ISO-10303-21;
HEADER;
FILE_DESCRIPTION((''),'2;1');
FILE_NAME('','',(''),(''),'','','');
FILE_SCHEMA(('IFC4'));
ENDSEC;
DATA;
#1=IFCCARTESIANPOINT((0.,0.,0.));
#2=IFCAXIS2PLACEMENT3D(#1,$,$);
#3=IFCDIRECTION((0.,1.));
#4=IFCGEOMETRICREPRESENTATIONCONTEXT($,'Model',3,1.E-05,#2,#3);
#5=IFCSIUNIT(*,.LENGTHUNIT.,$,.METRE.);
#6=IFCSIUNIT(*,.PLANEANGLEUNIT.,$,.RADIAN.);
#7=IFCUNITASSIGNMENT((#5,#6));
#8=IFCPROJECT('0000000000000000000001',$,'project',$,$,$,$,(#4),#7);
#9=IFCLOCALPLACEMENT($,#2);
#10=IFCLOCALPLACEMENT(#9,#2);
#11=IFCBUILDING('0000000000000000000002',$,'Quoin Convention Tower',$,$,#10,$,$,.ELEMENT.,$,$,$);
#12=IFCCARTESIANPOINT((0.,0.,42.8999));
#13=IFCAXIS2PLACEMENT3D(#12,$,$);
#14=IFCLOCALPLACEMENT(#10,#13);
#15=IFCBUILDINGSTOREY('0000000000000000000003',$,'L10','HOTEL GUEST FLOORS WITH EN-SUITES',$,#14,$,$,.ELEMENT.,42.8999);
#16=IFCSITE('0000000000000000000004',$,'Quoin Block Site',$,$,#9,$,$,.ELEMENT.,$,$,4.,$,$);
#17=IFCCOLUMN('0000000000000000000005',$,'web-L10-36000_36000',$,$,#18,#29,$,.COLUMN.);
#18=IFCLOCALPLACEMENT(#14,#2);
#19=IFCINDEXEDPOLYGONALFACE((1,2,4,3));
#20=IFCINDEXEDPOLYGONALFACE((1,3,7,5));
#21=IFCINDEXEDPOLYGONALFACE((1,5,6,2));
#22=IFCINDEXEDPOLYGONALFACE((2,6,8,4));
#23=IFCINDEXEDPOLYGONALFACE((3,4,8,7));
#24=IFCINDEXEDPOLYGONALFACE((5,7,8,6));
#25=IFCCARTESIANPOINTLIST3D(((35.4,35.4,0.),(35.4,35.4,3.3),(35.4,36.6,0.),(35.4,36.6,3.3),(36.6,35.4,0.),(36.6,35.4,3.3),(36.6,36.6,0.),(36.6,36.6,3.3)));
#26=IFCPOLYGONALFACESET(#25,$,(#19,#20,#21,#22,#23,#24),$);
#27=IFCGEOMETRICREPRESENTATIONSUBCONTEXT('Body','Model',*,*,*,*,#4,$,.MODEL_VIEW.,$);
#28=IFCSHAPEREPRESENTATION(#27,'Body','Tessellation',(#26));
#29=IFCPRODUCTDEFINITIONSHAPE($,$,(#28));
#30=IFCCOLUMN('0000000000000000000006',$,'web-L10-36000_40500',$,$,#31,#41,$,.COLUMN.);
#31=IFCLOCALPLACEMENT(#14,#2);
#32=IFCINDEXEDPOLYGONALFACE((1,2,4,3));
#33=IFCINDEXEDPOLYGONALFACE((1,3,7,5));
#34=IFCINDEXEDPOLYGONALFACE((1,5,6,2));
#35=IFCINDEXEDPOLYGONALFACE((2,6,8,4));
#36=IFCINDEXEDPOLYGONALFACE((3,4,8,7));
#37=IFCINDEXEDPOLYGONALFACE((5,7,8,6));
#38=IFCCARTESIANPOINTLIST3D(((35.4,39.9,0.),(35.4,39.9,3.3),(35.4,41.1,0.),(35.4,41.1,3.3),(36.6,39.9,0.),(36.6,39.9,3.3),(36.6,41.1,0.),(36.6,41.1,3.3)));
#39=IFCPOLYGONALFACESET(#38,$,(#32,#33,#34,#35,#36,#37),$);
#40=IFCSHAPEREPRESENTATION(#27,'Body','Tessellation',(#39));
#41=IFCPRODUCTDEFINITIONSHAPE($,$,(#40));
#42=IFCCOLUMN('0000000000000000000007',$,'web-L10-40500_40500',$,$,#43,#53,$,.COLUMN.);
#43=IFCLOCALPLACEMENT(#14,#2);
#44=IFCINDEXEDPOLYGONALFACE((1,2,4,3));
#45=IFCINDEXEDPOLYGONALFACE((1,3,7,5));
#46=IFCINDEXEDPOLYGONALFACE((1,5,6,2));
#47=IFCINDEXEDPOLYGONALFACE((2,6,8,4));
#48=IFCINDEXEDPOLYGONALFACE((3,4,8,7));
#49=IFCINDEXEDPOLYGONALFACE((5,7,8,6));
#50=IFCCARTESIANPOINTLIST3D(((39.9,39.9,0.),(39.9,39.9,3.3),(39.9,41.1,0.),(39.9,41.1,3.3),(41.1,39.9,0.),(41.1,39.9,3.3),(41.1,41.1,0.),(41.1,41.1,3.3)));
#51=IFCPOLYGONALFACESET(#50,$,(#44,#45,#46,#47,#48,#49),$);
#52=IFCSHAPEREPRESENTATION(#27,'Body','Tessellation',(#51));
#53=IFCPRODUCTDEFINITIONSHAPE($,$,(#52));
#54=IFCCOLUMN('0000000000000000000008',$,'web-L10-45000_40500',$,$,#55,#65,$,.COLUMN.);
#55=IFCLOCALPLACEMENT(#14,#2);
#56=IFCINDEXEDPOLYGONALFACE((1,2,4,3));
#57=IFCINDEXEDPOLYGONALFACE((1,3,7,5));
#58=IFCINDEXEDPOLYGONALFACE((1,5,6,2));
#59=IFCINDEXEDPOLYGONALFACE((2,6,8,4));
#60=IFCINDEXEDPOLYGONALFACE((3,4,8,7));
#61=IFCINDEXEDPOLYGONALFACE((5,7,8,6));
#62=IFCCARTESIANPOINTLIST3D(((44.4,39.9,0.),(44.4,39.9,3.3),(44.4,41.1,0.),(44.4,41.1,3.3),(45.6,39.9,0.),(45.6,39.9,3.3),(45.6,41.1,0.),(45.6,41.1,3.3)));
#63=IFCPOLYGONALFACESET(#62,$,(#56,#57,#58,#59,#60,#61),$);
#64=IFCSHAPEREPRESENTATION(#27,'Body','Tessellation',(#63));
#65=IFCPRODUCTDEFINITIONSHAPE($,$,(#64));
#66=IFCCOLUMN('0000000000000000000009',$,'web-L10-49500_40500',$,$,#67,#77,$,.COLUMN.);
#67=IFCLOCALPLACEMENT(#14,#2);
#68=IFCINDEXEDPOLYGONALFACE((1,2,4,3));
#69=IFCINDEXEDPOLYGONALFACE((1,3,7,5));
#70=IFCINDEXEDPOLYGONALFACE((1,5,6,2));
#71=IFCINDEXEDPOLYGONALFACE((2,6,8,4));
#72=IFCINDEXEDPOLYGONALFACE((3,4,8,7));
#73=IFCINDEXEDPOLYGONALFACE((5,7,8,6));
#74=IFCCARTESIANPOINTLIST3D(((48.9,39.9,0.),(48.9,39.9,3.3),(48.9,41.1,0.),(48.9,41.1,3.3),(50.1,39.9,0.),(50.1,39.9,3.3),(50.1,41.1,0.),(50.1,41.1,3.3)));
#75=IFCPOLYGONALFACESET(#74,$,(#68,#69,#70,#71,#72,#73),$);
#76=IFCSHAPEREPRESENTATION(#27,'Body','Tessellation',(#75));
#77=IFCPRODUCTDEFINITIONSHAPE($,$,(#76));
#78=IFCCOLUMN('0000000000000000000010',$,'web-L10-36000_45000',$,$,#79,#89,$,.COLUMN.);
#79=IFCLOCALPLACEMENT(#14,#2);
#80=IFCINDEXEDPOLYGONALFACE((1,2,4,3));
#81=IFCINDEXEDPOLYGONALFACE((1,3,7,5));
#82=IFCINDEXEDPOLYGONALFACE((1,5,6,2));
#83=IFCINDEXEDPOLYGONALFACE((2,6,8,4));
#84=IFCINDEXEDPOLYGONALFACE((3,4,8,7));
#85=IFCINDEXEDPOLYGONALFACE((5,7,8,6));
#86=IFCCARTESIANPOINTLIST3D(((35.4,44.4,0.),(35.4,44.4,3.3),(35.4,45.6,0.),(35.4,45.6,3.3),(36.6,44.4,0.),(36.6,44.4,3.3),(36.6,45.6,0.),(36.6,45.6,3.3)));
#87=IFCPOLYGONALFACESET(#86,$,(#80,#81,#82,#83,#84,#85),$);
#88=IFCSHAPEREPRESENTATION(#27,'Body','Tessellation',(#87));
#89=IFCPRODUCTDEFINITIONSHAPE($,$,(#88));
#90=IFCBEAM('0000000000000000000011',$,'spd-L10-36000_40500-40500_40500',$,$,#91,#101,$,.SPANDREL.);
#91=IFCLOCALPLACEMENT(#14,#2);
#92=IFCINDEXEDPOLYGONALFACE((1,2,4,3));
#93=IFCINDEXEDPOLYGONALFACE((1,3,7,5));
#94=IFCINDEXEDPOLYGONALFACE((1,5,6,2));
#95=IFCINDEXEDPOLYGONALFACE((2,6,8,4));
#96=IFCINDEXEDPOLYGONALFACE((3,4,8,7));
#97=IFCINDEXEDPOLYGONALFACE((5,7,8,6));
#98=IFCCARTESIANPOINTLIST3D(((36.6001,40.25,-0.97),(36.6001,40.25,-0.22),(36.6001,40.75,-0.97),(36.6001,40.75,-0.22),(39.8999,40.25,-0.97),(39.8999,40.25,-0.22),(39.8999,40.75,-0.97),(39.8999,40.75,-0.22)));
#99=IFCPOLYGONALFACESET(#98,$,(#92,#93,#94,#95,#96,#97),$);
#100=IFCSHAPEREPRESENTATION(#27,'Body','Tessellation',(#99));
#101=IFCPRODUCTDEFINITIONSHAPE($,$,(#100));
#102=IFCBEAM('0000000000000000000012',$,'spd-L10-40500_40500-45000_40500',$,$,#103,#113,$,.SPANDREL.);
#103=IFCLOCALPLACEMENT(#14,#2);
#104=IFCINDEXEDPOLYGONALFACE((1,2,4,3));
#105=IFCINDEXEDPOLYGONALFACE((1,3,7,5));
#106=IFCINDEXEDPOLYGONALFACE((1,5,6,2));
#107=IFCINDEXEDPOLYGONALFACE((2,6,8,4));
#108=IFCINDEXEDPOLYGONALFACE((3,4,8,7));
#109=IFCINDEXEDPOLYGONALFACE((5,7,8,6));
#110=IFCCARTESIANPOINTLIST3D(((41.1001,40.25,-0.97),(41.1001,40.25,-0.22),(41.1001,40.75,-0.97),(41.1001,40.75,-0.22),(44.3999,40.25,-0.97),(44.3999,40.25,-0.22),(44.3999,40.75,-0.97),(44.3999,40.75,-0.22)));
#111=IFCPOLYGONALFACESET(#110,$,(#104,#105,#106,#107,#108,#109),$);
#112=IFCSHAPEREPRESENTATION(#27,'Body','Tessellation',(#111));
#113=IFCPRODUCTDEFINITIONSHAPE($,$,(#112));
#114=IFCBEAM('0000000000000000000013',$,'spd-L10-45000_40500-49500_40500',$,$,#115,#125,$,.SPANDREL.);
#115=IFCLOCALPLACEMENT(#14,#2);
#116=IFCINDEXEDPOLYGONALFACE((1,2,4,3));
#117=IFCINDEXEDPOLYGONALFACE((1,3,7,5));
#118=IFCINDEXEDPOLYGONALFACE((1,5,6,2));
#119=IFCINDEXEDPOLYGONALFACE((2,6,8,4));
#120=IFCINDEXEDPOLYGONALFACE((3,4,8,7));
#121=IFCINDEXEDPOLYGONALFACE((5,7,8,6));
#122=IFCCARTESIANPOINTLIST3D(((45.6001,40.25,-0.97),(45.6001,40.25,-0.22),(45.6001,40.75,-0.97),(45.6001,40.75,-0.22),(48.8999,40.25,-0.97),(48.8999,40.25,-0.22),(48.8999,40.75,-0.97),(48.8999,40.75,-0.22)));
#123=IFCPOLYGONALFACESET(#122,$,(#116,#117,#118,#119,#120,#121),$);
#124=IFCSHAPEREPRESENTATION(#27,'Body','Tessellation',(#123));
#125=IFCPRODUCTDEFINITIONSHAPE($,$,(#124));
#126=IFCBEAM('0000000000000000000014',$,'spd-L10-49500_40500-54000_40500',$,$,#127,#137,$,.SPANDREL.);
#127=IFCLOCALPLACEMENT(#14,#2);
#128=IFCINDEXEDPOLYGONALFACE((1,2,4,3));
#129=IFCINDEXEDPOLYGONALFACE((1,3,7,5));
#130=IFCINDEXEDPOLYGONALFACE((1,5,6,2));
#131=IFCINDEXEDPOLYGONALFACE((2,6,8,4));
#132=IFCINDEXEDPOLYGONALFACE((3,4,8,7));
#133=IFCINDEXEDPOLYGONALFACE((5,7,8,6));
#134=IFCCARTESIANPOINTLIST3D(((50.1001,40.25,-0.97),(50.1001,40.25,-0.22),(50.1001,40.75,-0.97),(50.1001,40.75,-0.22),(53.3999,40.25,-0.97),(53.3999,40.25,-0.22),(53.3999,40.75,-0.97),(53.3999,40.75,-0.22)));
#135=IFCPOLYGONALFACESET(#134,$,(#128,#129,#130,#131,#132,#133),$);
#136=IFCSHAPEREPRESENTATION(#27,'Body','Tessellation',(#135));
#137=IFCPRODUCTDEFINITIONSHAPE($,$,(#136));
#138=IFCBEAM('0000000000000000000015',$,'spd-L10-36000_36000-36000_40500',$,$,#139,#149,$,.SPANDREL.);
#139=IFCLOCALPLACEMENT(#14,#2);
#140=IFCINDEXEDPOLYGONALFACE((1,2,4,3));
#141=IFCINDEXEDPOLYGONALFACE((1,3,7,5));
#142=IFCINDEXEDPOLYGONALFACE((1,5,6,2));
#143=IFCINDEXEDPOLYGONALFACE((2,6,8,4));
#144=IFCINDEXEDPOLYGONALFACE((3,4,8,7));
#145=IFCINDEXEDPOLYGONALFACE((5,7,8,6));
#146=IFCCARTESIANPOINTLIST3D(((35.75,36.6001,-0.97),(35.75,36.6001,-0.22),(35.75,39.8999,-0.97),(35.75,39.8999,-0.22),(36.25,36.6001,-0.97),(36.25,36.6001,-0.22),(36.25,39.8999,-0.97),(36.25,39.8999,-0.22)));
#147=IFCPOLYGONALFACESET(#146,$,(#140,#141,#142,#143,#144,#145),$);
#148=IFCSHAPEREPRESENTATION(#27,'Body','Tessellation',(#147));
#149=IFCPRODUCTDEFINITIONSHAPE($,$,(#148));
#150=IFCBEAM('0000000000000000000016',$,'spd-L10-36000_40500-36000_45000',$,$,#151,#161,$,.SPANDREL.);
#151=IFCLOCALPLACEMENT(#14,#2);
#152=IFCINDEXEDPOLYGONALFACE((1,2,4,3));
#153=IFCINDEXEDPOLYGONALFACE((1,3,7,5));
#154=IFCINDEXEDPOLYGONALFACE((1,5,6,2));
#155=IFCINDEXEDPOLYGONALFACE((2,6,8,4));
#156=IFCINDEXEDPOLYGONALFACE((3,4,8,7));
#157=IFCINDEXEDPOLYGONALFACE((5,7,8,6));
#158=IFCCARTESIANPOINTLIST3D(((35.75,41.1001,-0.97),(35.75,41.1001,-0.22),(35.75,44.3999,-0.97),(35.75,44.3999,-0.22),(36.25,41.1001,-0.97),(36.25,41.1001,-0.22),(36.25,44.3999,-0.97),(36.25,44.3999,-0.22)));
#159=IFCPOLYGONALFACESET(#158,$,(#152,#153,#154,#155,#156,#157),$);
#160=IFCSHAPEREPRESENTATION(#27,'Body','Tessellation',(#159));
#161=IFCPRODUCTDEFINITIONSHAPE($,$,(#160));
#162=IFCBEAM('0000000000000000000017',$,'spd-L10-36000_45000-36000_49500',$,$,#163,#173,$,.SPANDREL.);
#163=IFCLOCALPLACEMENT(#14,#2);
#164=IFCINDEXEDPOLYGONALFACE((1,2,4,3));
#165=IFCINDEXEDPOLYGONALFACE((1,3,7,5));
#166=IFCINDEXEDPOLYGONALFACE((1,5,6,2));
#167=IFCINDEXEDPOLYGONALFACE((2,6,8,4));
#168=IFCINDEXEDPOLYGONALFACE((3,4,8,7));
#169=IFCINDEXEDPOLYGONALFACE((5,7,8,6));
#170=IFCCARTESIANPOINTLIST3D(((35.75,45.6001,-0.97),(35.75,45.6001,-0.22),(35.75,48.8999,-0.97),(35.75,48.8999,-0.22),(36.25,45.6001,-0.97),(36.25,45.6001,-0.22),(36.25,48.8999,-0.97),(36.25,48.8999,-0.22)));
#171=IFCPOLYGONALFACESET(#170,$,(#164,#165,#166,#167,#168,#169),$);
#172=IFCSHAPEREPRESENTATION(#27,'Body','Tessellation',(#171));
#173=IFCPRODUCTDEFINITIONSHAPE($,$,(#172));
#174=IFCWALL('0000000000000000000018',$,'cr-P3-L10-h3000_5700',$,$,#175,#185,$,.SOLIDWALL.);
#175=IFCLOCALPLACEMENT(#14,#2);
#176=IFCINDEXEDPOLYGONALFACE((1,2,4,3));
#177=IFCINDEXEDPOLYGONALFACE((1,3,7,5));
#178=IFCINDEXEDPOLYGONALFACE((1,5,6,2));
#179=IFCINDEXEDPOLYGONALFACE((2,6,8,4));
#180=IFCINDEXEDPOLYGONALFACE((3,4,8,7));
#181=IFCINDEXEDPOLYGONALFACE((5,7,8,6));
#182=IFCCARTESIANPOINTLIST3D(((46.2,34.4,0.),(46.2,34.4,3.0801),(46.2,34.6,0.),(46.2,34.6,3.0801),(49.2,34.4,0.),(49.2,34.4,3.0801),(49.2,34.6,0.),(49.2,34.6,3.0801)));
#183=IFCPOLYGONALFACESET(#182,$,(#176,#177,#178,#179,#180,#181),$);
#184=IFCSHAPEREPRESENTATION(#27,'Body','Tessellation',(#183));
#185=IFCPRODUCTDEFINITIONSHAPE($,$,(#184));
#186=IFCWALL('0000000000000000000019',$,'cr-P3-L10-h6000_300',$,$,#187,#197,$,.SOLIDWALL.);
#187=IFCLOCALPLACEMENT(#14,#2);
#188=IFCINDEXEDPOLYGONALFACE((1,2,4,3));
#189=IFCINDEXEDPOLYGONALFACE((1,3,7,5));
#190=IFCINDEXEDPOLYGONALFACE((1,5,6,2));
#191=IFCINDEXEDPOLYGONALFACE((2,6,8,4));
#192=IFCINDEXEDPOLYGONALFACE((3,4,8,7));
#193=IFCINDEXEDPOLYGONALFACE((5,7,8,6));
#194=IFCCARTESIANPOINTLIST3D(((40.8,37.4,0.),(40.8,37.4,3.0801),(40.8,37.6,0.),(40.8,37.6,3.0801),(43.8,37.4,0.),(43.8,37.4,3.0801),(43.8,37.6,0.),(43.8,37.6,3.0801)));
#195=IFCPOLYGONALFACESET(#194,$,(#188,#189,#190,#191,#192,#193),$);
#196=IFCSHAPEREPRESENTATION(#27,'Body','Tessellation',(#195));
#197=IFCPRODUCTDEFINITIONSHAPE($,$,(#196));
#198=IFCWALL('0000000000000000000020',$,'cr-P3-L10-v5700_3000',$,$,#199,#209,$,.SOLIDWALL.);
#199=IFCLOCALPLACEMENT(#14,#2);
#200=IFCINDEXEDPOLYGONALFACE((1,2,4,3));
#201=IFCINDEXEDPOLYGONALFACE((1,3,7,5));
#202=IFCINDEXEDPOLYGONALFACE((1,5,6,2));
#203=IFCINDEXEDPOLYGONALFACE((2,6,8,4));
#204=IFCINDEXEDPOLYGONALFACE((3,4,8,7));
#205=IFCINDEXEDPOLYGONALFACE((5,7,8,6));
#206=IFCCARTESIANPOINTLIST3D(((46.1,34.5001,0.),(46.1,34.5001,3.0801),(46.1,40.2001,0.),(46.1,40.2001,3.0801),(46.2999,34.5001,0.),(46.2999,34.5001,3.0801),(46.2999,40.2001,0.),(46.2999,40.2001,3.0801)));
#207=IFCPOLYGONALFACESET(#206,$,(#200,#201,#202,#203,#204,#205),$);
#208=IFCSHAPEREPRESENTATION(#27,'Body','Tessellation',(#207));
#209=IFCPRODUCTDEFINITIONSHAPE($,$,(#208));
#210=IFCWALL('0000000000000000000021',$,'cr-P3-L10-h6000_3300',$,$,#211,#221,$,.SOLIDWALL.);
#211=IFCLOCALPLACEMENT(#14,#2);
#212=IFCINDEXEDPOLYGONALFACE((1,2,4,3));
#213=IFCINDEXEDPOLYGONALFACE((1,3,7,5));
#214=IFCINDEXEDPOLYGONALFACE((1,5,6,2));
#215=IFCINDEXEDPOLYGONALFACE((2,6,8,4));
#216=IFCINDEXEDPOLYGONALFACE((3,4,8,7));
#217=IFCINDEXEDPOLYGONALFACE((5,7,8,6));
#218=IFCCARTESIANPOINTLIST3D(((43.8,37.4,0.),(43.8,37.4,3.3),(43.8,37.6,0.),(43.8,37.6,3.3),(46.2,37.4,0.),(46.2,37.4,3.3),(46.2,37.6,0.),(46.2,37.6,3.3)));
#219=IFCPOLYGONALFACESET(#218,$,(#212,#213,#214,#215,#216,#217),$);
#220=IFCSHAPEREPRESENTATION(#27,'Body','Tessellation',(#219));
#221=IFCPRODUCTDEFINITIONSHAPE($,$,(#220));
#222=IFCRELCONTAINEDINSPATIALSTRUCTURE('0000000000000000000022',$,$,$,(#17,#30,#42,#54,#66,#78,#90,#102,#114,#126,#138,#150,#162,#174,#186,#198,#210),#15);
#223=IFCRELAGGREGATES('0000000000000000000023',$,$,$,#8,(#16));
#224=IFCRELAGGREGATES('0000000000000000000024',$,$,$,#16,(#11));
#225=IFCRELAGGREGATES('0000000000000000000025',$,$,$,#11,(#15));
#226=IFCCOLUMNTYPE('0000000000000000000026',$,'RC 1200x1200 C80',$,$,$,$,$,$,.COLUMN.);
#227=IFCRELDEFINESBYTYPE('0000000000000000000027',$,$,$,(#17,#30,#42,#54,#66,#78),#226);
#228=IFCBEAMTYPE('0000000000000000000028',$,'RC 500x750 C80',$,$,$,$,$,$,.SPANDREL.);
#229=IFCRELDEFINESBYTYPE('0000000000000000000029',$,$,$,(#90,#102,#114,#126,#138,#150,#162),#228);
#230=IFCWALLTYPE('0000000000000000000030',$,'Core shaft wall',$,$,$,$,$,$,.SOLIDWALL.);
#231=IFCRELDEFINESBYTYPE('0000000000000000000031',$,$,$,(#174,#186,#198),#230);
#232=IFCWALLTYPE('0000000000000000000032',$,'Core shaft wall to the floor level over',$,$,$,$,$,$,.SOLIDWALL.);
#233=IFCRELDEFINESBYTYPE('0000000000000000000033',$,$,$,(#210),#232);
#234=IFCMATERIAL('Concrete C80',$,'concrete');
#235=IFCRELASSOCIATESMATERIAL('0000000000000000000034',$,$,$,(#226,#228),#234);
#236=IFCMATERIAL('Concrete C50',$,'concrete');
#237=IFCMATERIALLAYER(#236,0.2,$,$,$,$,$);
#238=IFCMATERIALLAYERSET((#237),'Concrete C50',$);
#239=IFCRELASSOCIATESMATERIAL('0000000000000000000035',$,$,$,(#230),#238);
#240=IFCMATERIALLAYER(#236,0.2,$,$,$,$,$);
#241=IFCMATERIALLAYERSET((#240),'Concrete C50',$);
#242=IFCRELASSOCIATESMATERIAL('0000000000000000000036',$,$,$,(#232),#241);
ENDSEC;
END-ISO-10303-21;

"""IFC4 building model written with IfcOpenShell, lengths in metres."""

from ifc_helpers import new_model, si_unit, direction, frame, frame_2d, origin, origin_2d, place, context, subcontext, project, spatial, rectangle, extrude, material, layer, layer_set, material_profile, profile_set, type_object, element, save


model = new_model("IFC4")

# Units and contexts
model_context = context("Model", 3, precision=1e-05, world=origin(), true_north=direction((0.0, 1.0)))
body_context = subcontext(model_context, "Body", "Model", "MODEL_VIEW")
ifc_project = project(units=[si_unit("LENGTHUNIT", "METRE"), si_unit("PLANEANGLEUNIT", "RADIAN")], contexts=[model_context])

# Site, building, storey
site_placement = place(None, origin())
site = spatial("IfcSite", under=ifc_project, at=site_placement, Name="Quoin Block Site", CompositionType="ELEMENT", RefElevation=4.0)
building_placement = place(site_placement, origin())
building = spatial("IfcBuilding", under=site, at=building_placement, Name="Quoin Convention Tower", CompositionType="ELEMENT")
storey_placement = place(building_placement, frame((0.0, 0.0, 42.8999)))
storey = spatial("IfcBuildingStorey", under=building, at=storey_placement, Name="L10", Description="HOTEL GUEST FLOORS WITH EN-SUITES", CompositionType="ELEMENT", Elevation=42.8999)

# Columns
ifc_material_1 = material(Name="Concrete C80", Category="concrete")
ifc_material_profile_1 = material_profile(ifc_material_1, rectangle(XDim=1.2, YDim=1.2, at=origin_2d()), Name="RC 1200x1200")
ifc_profile_set_1 = profile_set([ifc_material_profile_1], Name="Concrete C80")
column_type = type_object("IfcColumnType", Name="RC 1200x1200 C80", PredefinedType="COLUMN", material=ifc_profile_set_1)
for number, where, z_axis, x_axis, name in (
    (1, (36.0, 36.0, 0.0), (0.0, 0.0, 1.0), (1.0, 0.0, 0.0), "web-L10-36000_36000"),
    (2, (36.0, 40.5, 0.0), (0.0, 0.0, 1.0), (1.0, 0.0, 0.0), "web-L10-36000_40500"),
    (3, (40.5, 40.5, 0.0), (0.0, 0.0, 1.0), (1.0, 0.0, 0.0), "web-L10-40500_40500"),
    (4, (45.0, 40.5, 0.0), (0.0, 0.0, 1.0), (1.0, 0.0, 0.0), "web-L10-45000_40500"),
    (5, (49.5, 40.5, 0.0), (0.0, 0.0, 1.0), (1.0, 0.0, 0.0), "web-L10-49500_40500"),
    (6, (36.0, 45.0, 0.0), (0.0, 0.0, 1.0), (1.0, 0.0, 0.0), "web-L10-36000_45000"),
):
    element("IfcColumn", number, at=place(storey_placement, frame(where, z_axis=z_axis, x_axis=x_axis)), inside=storey, type_object=column_type, Name=name, PredefinedType="COLUMN", context=body_context, shape_type="SweptSolid", body=[
        extrude(rectangle(XDim=1.2, YDim=1.2, at=origin_2d()), origin(), (0.0, 0.0, 1.0), 3.3),
    ])

# Beams
ifc_material_profile_2 = material_profile(ifc_material_1, rectangle(XDim=0.5, YDim=0.75, at=origin_2d()), Name="RC 500x750")
ifc_profile_set_2 = profile_set([ifc_material_profile_2], Name="Concrete C80")
beam_type = type_object("IfcBeamType", Name="RC 500x750 C80", PredefinedType="SPANDREL", material=ifc_profile_set_2)
for number, where, z_axis, x_axis, name in (
    (7, (36.6001, 40.5, -0.595), (1.0, 0.0, 0.0), (0.0, 1.0, 0.0), "spd-L10-36000_40500-40500_40500"),
    (8, (41.1001, 40.5, -0.595), (1.0, 0.0, 0.0), (0.0, 1.0, 0.0), "spd-L10-40500_40500-45000_40500"),
    (9, (45.6001, 40.5, -0.595), (1.0, 0.0, 0.0), (0.0, 1.0, 0.0), "spd-L10-45000_40500-49500_40500"),
    (10, (50.1001, 40.5, -0.595), (1.0, 0.0, 0.0), (0.0, 1.0, 0.0), "spd-L10-49500_40500-54000_40500"),
    (11, (36.0, 36.6001, -0.595), (0.0, 1.0, 0.0), (-1.0, 0.0, 0.0), "spd-L10-36000_36000-36000_40500"),
    (12, (36.0, 41.1001, -0.595), (0.0, 1.0, 0.0), (-1.0, 0.0, 0.0), "spd-L10-36000_40500-36000_45000"),
    (13, (36.0, 45.6001, -0.595), (0.0, 1.0, 0.0), (-1.0, 0.0, 0.0), "spd-L10-36000_45000-36000_49500"),
):
    element("IfcBeam", number, at=place(storey_placement, frame(where, z_axis=z_axis, x_axis=x_axis)), inside=storey, type_object=beam_type, Name=name, PredefinedType="SPANDREL", context=body_context, shape_type="SweptSolid", body=[
        extrude(rectangle(XDim=0.5, YDim=0.75, at=origin_2d()), origin(), (0.0, 0.0, 1.0), 3.2998),
    ])

# Walls
ifc_material_2 = material(Name="Concrete C50", Category="concrete")
ifc_layer_1 = layer(ifc_material_2, 0.2)
ifc_layer_set_1 = layer_set([ifc_layer_1], Name="Concrete C50")
wall_type_1 = type_object("IfcWallType", Name="Core shaft wall", PredefinedType="SOLIDWALL", material=ifc_layer_set_1)
for number, where, z_axis, x_axis, name in (
    (14, (46.2, 34.5, 0.0), (0.0, 0.0, 1.0), (1.0, 0.0, 0.0), "cr-P3-L10-h3000_5700"),
    (15, (40.8, 37.5, 0.0), (0.0, 0.0, 1.0), (1.0, 0.0, 0.0), "cr-P3-L10-h6000_300"),
):
    element("IfcWall", number, at=place(storey_placement, frame(where, z_axis=z_axis, x_axis=x_axis)), inside=storey, type_object=wall_type_1, Name=name, PredefinedType="SOLIDWALL", context=body_context, shape_type="SweptSolid", body=[
        extrude(rectangle(XDim=3.0, YDim=0.2, at=frame_2d((1.5, 0.0))), origin(), (0.0, 0.0, 1.0), 3.0801),
    ])
wall_1_placement = place(storey_placement, frame((46.2, 34.5, 0.0), z_axis=(0.0, 0.0, 1.0), x_axis=(0.0, 1.0, 0.0)))
element("IfcWall", 16, at=wall_1_placement, inside=storey, type_object=wall_type_1, Name="cr-P3-L10-v5700_3000", PredefinedType="SOLIDWALL", context=body_context, shape_type="SweptSolid", body=[
    extrude(rectangle(XDim=5.7, YDim=0.2, at=frame_2d((2.8501, 0.0))), origin(), (0.0, 0.0, 1.0), 3.0801),
])
ifc_layer_2 = layer(ifc_material_2, 0.2)
ifc_layer_set_2 = layer_set([ifc_layer_2], Name="Concrete C50")
wall_type_2 = type_object("IfcWallType", Name="Core shaft wall to the floor level over", PredefinedType="SOLIDWALL", material=ifc_layer_set_2)
wall_2_placement = place(storey_placement, frame((43.8, 37.5, 0.0), z_axis=(0.0, 0.0, 1.0), x_axis=(1.0, 0.0, 0.0)))
element("IfcWall", 17, at=wall_2_placement, inside=storey, type_object=wall_type_2, Name="cr-P3-L10-h6000_3300", PredefinedType="SOLIDWALL", context=body_context, shape_type="SweptSolid", body=[
    extrude(rectangle(XDim=2.3999, YDim=0.2, at=frame_2d((1.2, 0.0))), origin(), (0.0, 0.0, 1.0), 3.3),
])

save(model, "model.ifc")
